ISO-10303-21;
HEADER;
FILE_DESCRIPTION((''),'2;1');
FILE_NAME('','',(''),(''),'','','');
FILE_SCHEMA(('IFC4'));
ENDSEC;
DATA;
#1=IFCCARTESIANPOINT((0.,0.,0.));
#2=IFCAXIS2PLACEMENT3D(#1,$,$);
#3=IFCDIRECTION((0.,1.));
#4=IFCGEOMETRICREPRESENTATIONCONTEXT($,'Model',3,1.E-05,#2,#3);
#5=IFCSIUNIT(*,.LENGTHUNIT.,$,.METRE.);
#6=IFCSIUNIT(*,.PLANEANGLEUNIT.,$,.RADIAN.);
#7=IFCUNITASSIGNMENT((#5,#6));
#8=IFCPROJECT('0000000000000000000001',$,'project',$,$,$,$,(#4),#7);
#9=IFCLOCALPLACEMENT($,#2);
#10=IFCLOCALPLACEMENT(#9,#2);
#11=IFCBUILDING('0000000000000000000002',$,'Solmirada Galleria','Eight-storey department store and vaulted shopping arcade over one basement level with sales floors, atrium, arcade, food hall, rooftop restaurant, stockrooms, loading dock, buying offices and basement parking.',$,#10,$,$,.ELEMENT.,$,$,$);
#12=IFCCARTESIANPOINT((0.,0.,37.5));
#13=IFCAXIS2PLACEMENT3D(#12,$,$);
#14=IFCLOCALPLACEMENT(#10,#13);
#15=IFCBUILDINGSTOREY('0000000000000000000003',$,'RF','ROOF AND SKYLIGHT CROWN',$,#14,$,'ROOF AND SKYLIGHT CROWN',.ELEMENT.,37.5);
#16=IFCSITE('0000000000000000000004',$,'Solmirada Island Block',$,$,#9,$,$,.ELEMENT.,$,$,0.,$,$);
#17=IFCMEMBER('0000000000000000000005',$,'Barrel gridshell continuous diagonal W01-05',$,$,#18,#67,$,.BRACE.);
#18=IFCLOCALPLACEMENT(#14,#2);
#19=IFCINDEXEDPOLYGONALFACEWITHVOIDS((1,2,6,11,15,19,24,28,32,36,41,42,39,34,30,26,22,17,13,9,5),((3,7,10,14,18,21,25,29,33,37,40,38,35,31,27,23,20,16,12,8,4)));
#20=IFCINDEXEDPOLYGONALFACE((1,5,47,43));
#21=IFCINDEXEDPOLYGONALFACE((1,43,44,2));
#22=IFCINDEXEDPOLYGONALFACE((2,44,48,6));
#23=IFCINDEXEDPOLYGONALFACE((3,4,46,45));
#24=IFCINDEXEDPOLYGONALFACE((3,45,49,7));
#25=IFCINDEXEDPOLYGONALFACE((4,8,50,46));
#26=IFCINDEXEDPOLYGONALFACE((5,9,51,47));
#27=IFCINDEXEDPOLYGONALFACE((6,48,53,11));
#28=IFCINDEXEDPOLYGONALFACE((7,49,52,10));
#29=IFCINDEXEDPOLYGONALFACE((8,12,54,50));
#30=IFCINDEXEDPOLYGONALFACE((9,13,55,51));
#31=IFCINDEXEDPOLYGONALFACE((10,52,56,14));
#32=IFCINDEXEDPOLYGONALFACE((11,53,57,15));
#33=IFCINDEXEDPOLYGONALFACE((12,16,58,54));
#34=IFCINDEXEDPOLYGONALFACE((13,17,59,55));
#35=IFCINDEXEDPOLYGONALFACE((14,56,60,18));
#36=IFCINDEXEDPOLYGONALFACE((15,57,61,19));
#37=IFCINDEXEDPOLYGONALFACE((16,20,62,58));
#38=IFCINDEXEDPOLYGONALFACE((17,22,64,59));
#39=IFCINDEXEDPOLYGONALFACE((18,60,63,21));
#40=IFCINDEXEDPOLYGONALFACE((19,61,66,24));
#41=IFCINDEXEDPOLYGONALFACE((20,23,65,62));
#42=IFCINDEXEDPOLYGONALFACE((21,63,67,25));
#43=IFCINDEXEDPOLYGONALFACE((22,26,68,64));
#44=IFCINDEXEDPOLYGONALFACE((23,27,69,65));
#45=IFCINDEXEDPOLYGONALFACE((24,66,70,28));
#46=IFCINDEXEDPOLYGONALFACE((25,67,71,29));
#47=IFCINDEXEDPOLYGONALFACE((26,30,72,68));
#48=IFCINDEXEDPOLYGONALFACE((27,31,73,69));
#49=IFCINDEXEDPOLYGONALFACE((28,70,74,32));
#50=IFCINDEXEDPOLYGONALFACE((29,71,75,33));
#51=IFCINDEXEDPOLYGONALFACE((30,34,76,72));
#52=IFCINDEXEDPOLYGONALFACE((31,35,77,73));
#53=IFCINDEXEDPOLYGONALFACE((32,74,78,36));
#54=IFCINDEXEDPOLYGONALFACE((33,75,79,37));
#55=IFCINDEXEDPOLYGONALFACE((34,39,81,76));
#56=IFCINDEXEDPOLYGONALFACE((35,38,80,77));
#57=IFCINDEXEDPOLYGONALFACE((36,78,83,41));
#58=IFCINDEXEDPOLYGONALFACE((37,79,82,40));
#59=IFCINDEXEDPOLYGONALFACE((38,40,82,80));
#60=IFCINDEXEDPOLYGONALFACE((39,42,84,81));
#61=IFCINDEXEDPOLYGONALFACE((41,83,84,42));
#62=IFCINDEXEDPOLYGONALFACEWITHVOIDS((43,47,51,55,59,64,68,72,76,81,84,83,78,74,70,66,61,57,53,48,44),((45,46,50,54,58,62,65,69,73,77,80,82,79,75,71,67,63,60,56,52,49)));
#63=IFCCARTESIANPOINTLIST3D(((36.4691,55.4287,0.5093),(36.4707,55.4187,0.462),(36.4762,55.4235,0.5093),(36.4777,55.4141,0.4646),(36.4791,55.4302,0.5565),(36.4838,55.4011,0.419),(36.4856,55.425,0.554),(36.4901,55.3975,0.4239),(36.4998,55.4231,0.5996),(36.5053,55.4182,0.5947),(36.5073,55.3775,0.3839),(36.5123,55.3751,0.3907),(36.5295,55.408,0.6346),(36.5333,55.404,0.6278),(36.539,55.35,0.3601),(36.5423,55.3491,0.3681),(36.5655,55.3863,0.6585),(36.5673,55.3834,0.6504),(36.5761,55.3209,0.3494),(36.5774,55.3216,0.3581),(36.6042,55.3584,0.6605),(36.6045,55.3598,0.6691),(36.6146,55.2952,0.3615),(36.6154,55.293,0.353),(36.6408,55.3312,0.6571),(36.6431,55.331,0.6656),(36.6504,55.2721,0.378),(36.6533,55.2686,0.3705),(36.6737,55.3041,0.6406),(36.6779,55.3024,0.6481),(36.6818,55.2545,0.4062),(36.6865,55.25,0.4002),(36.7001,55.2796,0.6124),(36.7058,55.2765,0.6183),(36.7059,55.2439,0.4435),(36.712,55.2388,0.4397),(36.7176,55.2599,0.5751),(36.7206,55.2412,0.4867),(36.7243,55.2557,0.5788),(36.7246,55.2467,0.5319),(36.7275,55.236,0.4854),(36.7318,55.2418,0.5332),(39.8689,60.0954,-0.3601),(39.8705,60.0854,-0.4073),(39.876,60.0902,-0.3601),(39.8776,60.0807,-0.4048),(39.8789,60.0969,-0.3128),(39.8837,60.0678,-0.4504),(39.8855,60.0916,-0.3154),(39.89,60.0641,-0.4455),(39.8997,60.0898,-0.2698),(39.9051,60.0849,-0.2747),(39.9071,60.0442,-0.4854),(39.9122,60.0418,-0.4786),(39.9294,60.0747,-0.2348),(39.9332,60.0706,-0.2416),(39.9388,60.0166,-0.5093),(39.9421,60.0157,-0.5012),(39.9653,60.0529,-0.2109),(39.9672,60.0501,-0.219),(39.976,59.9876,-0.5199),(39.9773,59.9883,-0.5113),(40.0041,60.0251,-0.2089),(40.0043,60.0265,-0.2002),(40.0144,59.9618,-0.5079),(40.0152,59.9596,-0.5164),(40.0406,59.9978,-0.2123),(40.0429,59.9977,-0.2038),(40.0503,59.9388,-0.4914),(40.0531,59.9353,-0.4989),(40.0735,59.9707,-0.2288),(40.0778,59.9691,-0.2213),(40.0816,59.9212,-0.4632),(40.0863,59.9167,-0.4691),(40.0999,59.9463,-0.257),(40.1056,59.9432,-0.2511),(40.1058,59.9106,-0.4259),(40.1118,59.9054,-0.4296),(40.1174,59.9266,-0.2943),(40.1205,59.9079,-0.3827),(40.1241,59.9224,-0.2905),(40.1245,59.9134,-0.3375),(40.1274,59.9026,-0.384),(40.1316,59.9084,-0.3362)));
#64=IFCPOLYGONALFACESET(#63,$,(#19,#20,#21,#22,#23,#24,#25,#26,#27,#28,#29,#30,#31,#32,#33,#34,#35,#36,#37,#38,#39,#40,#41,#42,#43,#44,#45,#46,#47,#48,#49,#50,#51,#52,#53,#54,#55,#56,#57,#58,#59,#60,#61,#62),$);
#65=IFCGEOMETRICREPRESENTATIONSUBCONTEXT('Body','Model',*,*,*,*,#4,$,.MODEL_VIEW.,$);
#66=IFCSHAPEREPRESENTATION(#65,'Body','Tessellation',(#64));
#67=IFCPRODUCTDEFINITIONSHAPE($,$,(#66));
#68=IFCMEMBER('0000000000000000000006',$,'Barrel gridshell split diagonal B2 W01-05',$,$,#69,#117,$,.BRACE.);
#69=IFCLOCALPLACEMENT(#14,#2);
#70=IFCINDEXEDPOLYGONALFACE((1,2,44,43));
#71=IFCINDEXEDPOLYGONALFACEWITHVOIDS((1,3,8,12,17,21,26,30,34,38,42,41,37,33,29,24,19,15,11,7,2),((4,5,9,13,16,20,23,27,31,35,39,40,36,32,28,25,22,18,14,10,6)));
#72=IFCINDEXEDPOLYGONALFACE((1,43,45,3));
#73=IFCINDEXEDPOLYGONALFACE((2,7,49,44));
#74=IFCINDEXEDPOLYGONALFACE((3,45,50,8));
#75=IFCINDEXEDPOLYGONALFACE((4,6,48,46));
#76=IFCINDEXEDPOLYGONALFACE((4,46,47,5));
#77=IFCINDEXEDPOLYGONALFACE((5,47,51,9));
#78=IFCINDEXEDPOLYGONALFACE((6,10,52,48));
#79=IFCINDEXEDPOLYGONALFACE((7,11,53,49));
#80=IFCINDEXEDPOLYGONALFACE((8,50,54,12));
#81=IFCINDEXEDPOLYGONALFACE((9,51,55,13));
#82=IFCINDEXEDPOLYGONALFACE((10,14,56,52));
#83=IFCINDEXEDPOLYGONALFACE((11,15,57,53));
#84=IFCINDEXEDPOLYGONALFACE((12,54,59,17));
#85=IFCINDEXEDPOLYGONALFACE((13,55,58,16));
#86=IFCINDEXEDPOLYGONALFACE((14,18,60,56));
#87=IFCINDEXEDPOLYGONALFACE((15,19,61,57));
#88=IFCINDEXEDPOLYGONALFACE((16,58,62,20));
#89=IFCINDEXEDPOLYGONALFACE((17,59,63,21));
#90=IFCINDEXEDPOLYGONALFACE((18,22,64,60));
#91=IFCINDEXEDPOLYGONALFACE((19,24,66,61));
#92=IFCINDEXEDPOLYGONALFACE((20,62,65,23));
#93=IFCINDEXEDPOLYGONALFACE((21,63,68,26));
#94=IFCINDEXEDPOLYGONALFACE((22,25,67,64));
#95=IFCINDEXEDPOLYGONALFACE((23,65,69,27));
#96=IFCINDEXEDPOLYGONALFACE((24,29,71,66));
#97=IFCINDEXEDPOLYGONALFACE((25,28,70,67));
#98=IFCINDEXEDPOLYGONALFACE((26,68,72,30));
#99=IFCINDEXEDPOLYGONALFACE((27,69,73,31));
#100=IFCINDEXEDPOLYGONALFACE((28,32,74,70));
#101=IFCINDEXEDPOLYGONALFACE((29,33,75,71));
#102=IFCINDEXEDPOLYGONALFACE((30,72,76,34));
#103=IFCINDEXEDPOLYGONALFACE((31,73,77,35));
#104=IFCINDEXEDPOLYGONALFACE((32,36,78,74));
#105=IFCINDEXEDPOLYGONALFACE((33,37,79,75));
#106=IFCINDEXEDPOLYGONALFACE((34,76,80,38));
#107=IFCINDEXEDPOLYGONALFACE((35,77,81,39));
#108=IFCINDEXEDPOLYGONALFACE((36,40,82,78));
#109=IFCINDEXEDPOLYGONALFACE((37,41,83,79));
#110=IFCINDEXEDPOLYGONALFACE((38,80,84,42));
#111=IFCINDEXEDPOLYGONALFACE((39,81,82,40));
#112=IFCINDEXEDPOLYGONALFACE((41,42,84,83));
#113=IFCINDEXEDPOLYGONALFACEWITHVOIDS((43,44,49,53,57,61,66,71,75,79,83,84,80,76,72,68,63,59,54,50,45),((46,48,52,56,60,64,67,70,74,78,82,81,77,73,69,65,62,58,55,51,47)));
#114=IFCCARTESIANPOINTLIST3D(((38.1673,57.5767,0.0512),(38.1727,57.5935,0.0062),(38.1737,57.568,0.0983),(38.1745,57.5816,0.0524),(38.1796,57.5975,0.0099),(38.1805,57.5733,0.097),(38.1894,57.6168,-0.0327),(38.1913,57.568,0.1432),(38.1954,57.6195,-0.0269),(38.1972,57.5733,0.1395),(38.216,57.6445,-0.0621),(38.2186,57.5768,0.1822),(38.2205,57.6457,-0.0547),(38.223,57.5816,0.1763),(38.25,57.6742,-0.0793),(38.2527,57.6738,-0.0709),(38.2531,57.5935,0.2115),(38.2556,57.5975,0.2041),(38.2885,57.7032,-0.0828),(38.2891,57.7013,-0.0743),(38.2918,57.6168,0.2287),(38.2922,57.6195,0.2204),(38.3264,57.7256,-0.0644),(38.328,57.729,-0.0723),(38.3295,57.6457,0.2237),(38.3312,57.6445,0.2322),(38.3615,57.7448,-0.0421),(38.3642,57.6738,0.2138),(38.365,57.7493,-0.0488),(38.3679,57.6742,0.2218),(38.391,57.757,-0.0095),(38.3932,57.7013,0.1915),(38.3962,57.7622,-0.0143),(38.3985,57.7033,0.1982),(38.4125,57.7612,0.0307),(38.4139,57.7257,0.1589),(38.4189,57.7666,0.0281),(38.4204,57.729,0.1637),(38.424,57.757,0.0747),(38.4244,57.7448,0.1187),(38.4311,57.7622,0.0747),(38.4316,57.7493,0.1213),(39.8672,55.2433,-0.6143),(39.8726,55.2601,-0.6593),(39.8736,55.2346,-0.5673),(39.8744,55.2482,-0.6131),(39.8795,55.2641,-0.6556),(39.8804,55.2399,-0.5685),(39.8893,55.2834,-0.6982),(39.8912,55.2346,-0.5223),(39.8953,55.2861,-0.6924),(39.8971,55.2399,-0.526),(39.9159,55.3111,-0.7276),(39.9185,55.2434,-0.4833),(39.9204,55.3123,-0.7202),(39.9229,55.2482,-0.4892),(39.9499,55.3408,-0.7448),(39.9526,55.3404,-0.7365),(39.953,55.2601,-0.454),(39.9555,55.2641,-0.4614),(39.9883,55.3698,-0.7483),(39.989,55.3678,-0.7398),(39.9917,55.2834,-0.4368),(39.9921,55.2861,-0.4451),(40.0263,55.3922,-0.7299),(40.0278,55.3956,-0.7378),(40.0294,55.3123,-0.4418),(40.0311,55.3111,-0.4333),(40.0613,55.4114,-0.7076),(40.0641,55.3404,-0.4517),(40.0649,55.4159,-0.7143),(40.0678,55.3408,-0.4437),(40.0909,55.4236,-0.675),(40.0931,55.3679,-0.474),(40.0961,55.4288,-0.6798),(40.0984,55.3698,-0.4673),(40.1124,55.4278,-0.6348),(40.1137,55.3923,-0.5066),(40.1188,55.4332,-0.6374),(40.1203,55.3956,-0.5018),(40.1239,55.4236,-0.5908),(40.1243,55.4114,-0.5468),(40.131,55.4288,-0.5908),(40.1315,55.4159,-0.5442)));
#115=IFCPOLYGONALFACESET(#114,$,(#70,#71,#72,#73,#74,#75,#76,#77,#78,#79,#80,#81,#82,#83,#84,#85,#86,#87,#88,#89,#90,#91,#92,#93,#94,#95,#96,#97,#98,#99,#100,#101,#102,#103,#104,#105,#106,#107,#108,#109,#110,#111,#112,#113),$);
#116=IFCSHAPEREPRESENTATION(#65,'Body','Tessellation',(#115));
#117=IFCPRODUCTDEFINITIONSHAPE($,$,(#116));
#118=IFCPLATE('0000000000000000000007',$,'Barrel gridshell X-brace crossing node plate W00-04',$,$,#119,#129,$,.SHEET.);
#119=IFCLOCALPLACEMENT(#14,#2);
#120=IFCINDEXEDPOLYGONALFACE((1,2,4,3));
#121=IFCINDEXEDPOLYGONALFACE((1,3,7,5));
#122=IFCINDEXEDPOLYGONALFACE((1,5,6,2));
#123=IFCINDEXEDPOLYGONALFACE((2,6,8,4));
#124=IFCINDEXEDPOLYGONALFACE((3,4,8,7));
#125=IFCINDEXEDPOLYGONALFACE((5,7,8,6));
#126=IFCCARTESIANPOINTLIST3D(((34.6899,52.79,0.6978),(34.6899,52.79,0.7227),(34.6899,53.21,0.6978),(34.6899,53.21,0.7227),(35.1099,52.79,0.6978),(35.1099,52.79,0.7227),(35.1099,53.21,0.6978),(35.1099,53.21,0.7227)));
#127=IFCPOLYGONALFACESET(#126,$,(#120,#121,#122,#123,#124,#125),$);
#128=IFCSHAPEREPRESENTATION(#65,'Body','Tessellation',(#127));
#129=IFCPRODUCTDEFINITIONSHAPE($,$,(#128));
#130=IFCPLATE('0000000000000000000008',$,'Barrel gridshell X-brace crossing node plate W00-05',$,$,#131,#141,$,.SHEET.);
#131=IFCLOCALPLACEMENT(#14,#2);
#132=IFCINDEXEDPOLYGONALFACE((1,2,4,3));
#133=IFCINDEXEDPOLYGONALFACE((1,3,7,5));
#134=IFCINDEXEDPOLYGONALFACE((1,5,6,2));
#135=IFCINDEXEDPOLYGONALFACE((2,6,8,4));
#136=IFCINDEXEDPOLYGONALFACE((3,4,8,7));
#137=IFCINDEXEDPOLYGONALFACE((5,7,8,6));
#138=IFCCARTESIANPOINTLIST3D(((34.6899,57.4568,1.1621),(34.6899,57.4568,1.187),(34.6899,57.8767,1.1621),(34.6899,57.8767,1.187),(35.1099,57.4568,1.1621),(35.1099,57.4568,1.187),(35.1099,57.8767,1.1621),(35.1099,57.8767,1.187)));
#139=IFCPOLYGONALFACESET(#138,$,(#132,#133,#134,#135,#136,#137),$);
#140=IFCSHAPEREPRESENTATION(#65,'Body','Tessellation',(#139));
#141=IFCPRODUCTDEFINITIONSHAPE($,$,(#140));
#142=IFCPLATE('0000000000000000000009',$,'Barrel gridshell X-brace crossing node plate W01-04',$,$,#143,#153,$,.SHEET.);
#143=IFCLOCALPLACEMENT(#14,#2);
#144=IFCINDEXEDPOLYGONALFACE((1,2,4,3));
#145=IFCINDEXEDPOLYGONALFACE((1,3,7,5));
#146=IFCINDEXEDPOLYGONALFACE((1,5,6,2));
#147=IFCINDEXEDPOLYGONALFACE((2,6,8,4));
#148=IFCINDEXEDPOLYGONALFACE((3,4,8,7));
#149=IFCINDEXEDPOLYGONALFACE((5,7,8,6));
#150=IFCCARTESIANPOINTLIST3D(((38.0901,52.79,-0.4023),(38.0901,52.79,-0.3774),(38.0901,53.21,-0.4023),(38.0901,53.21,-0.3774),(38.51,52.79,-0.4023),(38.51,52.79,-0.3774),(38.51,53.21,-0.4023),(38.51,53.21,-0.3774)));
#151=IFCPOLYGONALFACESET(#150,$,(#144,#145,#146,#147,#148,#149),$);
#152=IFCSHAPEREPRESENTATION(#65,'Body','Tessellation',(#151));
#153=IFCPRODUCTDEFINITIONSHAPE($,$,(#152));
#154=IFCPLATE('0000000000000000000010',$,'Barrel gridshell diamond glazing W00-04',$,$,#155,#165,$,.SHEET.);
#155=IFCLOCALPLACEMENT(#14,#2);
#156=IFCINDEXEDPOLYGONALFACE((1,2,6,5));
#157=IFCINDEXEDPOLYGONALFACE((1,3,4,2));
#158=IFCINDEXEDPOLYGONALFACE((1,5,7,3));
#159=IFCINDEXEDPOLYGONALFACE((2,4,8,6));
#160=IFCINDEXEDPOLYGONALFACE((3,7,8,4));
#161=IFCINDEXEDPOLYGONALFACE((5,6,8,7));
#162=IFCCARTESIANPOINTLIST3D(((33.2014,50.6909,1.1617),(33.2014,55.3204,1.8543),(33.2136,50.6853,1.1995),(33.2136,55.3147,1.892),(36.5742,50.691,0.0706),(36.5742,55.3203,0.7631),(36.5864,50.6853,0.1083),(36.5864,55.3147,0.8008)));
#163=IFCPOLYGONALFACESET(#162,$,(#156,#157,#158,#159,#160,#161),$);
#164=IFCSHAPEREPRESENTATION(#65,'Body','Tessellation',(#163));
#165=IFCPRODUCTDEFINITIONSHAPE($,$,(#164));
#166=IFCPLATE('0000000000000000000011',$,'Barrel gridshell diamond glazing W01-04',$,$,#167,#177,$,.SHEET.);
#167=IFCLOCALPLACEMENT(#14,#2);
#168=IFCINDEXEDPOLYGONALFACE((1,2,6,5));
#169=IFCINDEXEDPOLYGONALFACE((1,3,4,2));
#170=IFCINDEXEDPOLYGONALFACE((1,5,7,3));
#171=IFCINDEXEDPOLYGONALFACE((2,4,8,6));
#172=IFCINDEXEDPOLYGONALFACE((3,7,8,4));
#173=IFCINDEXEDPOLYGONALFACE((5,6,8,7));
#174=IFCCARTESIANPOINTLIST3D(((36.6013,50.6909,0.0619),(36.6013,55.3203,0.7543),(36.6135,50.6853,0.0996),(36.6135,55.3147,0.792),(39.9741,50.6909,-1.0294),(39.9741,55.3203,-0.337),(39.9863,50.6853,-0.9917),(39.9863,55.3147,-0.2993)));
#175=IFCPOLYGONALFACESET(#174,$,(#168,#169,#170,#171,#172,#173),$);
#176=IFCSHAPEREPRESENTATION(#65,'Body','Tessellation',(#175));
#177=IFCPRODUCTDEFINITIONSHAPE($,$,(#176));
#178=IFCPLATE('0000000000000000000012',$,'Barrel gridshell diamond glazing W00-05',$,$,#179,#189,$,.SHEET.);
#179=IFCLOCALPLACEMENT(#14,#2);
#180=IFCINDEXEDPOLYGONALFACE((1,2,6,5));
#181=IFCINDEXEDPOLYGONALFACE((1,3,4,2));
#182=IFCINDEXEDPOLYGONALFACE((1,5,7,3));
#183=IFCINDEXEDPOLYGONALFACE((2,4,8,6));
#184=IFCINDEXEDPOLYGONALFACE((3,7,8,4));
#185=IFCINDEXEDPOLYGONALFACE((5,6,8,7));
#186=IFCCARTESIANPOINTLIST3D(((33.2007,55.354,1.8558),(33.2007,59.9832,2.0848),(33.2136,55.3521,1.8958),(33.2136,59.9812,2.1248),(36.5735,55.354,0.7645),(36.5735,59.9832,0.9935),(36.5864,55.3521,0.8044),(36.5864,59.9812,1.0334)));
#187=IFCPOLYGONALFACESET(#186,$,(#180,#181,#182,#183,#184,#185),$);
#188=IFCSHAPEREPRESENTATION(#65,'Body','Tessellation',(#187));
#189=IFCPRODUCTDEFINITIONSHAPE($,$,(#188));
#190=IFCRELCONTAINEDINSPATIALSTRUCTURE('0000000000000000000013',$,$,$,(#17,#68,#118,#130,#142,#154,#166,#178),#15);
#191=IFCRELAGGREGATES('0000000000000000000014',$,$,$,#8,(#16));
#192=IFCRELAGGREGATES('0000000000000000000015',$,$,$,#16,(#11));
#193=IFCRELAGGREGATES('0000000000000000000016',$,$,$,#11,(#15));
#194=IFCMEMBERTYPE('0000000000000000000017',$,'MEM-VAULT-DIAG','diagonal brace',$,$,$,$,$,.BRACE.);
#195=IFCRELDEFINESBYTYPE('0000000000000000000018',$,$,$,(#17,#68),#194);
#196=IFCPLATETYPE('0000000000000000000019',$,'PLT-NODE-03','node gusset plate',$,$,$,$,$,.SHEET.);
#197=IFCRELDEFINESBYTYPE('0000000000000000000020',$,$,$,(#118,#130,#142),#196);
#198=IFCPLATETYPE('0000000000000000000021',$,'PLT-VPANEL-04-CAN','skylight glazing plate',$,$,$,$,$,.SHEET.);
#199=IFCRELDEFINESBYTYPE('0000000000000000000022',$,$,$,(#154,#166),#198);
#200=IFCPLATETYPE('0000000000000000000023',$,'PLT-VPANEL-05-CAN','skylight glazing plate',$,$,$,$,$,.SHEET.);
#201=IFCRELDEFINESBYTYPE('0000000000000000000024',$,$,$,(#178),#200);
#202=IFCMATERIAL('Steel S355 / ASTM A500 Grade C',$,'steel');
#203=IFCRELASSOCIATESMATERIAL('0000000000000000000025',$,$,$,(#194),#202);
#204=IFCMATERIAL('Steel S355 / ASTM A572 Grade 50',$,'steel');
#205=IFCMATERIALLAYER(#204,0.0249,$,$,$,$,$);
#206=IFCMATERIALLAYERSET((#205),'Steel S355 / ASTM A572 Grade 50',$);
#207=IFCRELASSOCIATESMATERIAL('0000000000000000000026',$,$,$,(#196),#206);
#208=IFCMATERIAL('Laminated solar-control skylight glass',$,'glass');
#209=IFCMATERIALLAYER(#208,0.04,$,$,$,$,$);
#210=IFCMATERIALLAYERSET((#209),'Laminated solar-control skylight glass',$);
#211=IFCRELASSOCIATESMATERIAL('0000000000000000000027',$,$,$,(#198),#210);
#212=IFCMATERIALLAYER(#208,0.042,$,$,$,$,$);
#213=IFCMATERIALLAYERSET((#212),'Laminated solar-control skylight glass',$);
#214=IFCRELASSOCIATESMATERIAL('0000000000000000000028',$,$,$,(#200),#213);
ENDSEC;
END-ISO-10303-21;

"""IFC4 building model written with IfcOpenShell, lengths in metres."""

from ifc_helpers import new_model, si_unit, direction, frame, origin, origin_2d, place, context, subcontext, project, spatial, polyline, rectangle, hollow_circle, outline, extrude, material, layer, layer_set, material_profile, profile_set, type_object, element, save


model = new_model("IFC4")

# Units and contexts
model_context = context("Model", 3, precision=1e-05, world=origin(), true_north=direction((0.0, 1.0)))
body_context = subcontext(model_context, "Body", "Model", "MODEL_VIEW")
ifc_project = project(units=[si_unit("LENGTHUNIT", "METRE"), si_unit("PLANEANGLEUNIT", "RADIAN")], contexts=[model_context])

# Site, building, storey
site_placement = place(None, origin())
site = spatial("IfcSite", under=ifc_project, at=site_placement, Name="Solmirada Island Block", CompositionType="ELEMENT", RefElevation=0.0)
building_placement = place(site_placement, origin())
building = spatial("IfcBuilding", under=site, at=building_placement, Name="Solmirada Galleria", Description="Eight-storey department store and vaulted shopping arcade over one basement level with sales floors, atrium, arcade, food hall, rooftop restaurant, stockrooms, loading dock, buying offices and basement parking.", CompositionType="ELEMENT")
storey_placement = place(building_placement, frame((0.0, 0.0, 37.5)))
storey = spatial("IfcBuildingStorey", under=building, at=storey_placement, Name="RF", Description="ROOF AND SKYLIGHT CROWN", LongName="ROOF AND SKYLIGHT CROWN", CompositionType="ELEMENT", Elevation=37.5)

# Members
ifc_material_1 = material(Name="Steel S355 / ASTM A500 Grade C", Category="steel")
ifc_material_profile_1 = material_profile(ifc_material_1, hollow_circle(Radius=0.1621, WallThickness=0.0088, at=origin_2d()), Name="HSS12.750X0.375")
ifc_profile_set_1 = profile_set([ifc_material_profile_1], Name="Steel S355 / ASTM A500 Grade C")
member_type_1 = type_object("IfcMemberType", Name="MEM-VAULT-DIAG", Description="diagonal brace", PredefinedType="BRACE", material=ifc_profile_set_1)
member_1_placement = place(storey_placement, frame((36.6001, 55.3333, 0.5093), z_axis=(0.582277, 0.79924, -0.148893), x_axis=(-0.808249, 0.58884, 0.0)))
element("IfcMember", 1, at=member_1_placement, inside=storey, type_object=member_type_1, Name="Barrel gridshell continuous diagonal W01-05", PredefinedType="BRACE", context=body_context, shape_type="SweptSolid", body=[
    extrude(hollow_circle(Radius=0.1621, WallThickness=0.0088, at=origin_2d()), origin(), (0.0, 0.0, 1.0), 5.8389),
])
member_2_placement = place(storey_placement, frame((38.3, 57.6667, 0.0747), z_axis=(0.573772, -0.787608, -0.224631), x_axis=(0.808264, 0.58882, 0.0)))
element("IfcMember", 2, at=member_2_placement, inside=storey, type_object=member_type_1, Name="Barrel gridshell split diagonal B2 W01-05", PredefinedType="BRACE", context=body_context, shape_type="SweptSolid", body=[
    extrude(hollow_circle(Radius=0.1621, WallThickness=0.0088, at=origin_2d()), origin(), (0.0, 0.0, 1.0), 2.9626),
])

# Plates
ifc_material_2 = material(Name="Steel S355 / ASTM A572 Grade 50", Category="steel")
ifc_layer_1 = layer(ifc_material_2, 0.0249)
ifc_layer_set_1 = layer_set([ifc_layer_1], Name="Steel S355 / ASTM A572 Grade 50")
plate_type_1 = type_object("IfcPlateType", Name="PLT-NODE-03", Description="node gusset plate", PredefinedType="SHEET", material=ifc_layer_set_1)
for number, where, z_axis, x_axis, name in (
    (3, (34.8999, 53.0, 0.6978), (0.0, 0.0, 1.0), (1.0, 0.0, 0.0), "Barrel gridshell X-brace crossing node plate W00-04"),
    (4, (34.8999, 57.6667, 1.1621), (0.0, 0.0, 1.0), (1.0, 0.0, 0.0), "Barrel gridshell X-brace crossing node plate W00-05"),
    (5, (38.3, 53.0, -0.4023), (0.0, 0.0, 1.0), (1.0, 0.0, 0.0), "Barrel gridshell X-brace crossing node plate W01-04"),
):
    element("IfcPlate", number, at=place(storey_placement, frame(where, z_axis=z_axis, x_axis=x_axis)), inside=storey, type_object=plate_type_1, Name=name, PredefinedType="SHEET", context=body_context, shape_type="SweptSolid", body=[
        extrude(rectangle(XDim=0.4199, YDim=0.4199, at=origin_2d()), origin(), (0.0, 0.0, 1.0), 0.0249),
    ])
ifc_material_3 = material(Name="Laminated solar-control skylight glass", Category="glass")
ifc_layer_2 = layer(ifc_material_3, 0.04)
ifc_layer_set_2 = layer_set([ifc_layer_2], Name="Laminated solar-control skylight glass")
plate_type_2 = type_object("IfcPlateType", Name="PLT-VPANEL-04-CAN", Description="skylight glazing plate", PredefinedType="SHEET", material=ifc_layer_set_2)
plate_1_placement = place(storey_placement, frame((33.2136, 50.6853, 1.1995), z_axis=(0.304746, -0.140906, 0.941953), x_axis=(0.951446, 0.000005, -0.307816)))
element("IfcPlate", 6, at=plate_1_placement, inside=storey, type_object=plate_type_2, Name="Barrel gridshell diamond glazing W00-04", PredefinedType="SHEET", context=body_context, shape_type="SweptSolid", body=[
    extrude(outline(polyline([(0.0, 0.0), (3.5449, 0.0), (3.3318, 4.676), (-0.2132, 4.6761), (0.0, 0.0)])), origin(), (0.0, 0.0, -1.0), 0.04),
])
plate_2_placement = place(storey_placement, frame((36.6135, 50.6853, 0.0996), z_axis=(0.304778, -0.14088, 0.941947), x_axis=(0.951436, 0.0, -0.307848)))
element("IfcPlate", 7, at=plate_2_placement, inside=storey, type_object=plate_type_2, Name="Barrel gridshell diamond glazing W01-04", PredefinedType="SHEET", context=body_context, shape_type="SweptSolid", body=[
    extrude(outline(polyline([(0.0, 0.0), (3.545, 0.0), (3.3318, 4.676), (-0.2131, 4.676), (0.0, 0.0)])), origin(), (0.0, 0.0, -1.0), 0.04),
])
ifc_layer_3 = layer(ifc_material_3, 0.042)
ifc_layer_set_3 = layer_set([ifc_layer_3], Name="Laminated solar-control skylight glass")
plate_type_3 = type_object("IfcPlateType", Name="PLT-VPANEL-05-CAN", Description="skylight glazing plate", PredefinedType="SHEET", material=ifc_layer_set_3)
plate_3_placement = place(storey_placement, frame((33.2136, 55.3521, 1.8958), z_axis=(0.307507, -0.047015, 0.950383), x_axis=(0.951436, 0.0, -0.307848)))
element("IfcPlate", 8, at=plate_3_placement, inside=storey, type_object=plate_type_3, Name="Barrel gridshell diamond glazing W00-05", PredefinedType="SHEET", context=body_context, shape_type="SweptSolid", body=[
    extrude(outline(polyline([(0.0, 0.0), (3.545, 0.0), (3.4745, 4.6343), (-0.0705, 4.6343), (0.0, 0.0)])), origin(), (0.0, 0.0, -1.0), 0.042),
])

save(model, "model.ifc")
